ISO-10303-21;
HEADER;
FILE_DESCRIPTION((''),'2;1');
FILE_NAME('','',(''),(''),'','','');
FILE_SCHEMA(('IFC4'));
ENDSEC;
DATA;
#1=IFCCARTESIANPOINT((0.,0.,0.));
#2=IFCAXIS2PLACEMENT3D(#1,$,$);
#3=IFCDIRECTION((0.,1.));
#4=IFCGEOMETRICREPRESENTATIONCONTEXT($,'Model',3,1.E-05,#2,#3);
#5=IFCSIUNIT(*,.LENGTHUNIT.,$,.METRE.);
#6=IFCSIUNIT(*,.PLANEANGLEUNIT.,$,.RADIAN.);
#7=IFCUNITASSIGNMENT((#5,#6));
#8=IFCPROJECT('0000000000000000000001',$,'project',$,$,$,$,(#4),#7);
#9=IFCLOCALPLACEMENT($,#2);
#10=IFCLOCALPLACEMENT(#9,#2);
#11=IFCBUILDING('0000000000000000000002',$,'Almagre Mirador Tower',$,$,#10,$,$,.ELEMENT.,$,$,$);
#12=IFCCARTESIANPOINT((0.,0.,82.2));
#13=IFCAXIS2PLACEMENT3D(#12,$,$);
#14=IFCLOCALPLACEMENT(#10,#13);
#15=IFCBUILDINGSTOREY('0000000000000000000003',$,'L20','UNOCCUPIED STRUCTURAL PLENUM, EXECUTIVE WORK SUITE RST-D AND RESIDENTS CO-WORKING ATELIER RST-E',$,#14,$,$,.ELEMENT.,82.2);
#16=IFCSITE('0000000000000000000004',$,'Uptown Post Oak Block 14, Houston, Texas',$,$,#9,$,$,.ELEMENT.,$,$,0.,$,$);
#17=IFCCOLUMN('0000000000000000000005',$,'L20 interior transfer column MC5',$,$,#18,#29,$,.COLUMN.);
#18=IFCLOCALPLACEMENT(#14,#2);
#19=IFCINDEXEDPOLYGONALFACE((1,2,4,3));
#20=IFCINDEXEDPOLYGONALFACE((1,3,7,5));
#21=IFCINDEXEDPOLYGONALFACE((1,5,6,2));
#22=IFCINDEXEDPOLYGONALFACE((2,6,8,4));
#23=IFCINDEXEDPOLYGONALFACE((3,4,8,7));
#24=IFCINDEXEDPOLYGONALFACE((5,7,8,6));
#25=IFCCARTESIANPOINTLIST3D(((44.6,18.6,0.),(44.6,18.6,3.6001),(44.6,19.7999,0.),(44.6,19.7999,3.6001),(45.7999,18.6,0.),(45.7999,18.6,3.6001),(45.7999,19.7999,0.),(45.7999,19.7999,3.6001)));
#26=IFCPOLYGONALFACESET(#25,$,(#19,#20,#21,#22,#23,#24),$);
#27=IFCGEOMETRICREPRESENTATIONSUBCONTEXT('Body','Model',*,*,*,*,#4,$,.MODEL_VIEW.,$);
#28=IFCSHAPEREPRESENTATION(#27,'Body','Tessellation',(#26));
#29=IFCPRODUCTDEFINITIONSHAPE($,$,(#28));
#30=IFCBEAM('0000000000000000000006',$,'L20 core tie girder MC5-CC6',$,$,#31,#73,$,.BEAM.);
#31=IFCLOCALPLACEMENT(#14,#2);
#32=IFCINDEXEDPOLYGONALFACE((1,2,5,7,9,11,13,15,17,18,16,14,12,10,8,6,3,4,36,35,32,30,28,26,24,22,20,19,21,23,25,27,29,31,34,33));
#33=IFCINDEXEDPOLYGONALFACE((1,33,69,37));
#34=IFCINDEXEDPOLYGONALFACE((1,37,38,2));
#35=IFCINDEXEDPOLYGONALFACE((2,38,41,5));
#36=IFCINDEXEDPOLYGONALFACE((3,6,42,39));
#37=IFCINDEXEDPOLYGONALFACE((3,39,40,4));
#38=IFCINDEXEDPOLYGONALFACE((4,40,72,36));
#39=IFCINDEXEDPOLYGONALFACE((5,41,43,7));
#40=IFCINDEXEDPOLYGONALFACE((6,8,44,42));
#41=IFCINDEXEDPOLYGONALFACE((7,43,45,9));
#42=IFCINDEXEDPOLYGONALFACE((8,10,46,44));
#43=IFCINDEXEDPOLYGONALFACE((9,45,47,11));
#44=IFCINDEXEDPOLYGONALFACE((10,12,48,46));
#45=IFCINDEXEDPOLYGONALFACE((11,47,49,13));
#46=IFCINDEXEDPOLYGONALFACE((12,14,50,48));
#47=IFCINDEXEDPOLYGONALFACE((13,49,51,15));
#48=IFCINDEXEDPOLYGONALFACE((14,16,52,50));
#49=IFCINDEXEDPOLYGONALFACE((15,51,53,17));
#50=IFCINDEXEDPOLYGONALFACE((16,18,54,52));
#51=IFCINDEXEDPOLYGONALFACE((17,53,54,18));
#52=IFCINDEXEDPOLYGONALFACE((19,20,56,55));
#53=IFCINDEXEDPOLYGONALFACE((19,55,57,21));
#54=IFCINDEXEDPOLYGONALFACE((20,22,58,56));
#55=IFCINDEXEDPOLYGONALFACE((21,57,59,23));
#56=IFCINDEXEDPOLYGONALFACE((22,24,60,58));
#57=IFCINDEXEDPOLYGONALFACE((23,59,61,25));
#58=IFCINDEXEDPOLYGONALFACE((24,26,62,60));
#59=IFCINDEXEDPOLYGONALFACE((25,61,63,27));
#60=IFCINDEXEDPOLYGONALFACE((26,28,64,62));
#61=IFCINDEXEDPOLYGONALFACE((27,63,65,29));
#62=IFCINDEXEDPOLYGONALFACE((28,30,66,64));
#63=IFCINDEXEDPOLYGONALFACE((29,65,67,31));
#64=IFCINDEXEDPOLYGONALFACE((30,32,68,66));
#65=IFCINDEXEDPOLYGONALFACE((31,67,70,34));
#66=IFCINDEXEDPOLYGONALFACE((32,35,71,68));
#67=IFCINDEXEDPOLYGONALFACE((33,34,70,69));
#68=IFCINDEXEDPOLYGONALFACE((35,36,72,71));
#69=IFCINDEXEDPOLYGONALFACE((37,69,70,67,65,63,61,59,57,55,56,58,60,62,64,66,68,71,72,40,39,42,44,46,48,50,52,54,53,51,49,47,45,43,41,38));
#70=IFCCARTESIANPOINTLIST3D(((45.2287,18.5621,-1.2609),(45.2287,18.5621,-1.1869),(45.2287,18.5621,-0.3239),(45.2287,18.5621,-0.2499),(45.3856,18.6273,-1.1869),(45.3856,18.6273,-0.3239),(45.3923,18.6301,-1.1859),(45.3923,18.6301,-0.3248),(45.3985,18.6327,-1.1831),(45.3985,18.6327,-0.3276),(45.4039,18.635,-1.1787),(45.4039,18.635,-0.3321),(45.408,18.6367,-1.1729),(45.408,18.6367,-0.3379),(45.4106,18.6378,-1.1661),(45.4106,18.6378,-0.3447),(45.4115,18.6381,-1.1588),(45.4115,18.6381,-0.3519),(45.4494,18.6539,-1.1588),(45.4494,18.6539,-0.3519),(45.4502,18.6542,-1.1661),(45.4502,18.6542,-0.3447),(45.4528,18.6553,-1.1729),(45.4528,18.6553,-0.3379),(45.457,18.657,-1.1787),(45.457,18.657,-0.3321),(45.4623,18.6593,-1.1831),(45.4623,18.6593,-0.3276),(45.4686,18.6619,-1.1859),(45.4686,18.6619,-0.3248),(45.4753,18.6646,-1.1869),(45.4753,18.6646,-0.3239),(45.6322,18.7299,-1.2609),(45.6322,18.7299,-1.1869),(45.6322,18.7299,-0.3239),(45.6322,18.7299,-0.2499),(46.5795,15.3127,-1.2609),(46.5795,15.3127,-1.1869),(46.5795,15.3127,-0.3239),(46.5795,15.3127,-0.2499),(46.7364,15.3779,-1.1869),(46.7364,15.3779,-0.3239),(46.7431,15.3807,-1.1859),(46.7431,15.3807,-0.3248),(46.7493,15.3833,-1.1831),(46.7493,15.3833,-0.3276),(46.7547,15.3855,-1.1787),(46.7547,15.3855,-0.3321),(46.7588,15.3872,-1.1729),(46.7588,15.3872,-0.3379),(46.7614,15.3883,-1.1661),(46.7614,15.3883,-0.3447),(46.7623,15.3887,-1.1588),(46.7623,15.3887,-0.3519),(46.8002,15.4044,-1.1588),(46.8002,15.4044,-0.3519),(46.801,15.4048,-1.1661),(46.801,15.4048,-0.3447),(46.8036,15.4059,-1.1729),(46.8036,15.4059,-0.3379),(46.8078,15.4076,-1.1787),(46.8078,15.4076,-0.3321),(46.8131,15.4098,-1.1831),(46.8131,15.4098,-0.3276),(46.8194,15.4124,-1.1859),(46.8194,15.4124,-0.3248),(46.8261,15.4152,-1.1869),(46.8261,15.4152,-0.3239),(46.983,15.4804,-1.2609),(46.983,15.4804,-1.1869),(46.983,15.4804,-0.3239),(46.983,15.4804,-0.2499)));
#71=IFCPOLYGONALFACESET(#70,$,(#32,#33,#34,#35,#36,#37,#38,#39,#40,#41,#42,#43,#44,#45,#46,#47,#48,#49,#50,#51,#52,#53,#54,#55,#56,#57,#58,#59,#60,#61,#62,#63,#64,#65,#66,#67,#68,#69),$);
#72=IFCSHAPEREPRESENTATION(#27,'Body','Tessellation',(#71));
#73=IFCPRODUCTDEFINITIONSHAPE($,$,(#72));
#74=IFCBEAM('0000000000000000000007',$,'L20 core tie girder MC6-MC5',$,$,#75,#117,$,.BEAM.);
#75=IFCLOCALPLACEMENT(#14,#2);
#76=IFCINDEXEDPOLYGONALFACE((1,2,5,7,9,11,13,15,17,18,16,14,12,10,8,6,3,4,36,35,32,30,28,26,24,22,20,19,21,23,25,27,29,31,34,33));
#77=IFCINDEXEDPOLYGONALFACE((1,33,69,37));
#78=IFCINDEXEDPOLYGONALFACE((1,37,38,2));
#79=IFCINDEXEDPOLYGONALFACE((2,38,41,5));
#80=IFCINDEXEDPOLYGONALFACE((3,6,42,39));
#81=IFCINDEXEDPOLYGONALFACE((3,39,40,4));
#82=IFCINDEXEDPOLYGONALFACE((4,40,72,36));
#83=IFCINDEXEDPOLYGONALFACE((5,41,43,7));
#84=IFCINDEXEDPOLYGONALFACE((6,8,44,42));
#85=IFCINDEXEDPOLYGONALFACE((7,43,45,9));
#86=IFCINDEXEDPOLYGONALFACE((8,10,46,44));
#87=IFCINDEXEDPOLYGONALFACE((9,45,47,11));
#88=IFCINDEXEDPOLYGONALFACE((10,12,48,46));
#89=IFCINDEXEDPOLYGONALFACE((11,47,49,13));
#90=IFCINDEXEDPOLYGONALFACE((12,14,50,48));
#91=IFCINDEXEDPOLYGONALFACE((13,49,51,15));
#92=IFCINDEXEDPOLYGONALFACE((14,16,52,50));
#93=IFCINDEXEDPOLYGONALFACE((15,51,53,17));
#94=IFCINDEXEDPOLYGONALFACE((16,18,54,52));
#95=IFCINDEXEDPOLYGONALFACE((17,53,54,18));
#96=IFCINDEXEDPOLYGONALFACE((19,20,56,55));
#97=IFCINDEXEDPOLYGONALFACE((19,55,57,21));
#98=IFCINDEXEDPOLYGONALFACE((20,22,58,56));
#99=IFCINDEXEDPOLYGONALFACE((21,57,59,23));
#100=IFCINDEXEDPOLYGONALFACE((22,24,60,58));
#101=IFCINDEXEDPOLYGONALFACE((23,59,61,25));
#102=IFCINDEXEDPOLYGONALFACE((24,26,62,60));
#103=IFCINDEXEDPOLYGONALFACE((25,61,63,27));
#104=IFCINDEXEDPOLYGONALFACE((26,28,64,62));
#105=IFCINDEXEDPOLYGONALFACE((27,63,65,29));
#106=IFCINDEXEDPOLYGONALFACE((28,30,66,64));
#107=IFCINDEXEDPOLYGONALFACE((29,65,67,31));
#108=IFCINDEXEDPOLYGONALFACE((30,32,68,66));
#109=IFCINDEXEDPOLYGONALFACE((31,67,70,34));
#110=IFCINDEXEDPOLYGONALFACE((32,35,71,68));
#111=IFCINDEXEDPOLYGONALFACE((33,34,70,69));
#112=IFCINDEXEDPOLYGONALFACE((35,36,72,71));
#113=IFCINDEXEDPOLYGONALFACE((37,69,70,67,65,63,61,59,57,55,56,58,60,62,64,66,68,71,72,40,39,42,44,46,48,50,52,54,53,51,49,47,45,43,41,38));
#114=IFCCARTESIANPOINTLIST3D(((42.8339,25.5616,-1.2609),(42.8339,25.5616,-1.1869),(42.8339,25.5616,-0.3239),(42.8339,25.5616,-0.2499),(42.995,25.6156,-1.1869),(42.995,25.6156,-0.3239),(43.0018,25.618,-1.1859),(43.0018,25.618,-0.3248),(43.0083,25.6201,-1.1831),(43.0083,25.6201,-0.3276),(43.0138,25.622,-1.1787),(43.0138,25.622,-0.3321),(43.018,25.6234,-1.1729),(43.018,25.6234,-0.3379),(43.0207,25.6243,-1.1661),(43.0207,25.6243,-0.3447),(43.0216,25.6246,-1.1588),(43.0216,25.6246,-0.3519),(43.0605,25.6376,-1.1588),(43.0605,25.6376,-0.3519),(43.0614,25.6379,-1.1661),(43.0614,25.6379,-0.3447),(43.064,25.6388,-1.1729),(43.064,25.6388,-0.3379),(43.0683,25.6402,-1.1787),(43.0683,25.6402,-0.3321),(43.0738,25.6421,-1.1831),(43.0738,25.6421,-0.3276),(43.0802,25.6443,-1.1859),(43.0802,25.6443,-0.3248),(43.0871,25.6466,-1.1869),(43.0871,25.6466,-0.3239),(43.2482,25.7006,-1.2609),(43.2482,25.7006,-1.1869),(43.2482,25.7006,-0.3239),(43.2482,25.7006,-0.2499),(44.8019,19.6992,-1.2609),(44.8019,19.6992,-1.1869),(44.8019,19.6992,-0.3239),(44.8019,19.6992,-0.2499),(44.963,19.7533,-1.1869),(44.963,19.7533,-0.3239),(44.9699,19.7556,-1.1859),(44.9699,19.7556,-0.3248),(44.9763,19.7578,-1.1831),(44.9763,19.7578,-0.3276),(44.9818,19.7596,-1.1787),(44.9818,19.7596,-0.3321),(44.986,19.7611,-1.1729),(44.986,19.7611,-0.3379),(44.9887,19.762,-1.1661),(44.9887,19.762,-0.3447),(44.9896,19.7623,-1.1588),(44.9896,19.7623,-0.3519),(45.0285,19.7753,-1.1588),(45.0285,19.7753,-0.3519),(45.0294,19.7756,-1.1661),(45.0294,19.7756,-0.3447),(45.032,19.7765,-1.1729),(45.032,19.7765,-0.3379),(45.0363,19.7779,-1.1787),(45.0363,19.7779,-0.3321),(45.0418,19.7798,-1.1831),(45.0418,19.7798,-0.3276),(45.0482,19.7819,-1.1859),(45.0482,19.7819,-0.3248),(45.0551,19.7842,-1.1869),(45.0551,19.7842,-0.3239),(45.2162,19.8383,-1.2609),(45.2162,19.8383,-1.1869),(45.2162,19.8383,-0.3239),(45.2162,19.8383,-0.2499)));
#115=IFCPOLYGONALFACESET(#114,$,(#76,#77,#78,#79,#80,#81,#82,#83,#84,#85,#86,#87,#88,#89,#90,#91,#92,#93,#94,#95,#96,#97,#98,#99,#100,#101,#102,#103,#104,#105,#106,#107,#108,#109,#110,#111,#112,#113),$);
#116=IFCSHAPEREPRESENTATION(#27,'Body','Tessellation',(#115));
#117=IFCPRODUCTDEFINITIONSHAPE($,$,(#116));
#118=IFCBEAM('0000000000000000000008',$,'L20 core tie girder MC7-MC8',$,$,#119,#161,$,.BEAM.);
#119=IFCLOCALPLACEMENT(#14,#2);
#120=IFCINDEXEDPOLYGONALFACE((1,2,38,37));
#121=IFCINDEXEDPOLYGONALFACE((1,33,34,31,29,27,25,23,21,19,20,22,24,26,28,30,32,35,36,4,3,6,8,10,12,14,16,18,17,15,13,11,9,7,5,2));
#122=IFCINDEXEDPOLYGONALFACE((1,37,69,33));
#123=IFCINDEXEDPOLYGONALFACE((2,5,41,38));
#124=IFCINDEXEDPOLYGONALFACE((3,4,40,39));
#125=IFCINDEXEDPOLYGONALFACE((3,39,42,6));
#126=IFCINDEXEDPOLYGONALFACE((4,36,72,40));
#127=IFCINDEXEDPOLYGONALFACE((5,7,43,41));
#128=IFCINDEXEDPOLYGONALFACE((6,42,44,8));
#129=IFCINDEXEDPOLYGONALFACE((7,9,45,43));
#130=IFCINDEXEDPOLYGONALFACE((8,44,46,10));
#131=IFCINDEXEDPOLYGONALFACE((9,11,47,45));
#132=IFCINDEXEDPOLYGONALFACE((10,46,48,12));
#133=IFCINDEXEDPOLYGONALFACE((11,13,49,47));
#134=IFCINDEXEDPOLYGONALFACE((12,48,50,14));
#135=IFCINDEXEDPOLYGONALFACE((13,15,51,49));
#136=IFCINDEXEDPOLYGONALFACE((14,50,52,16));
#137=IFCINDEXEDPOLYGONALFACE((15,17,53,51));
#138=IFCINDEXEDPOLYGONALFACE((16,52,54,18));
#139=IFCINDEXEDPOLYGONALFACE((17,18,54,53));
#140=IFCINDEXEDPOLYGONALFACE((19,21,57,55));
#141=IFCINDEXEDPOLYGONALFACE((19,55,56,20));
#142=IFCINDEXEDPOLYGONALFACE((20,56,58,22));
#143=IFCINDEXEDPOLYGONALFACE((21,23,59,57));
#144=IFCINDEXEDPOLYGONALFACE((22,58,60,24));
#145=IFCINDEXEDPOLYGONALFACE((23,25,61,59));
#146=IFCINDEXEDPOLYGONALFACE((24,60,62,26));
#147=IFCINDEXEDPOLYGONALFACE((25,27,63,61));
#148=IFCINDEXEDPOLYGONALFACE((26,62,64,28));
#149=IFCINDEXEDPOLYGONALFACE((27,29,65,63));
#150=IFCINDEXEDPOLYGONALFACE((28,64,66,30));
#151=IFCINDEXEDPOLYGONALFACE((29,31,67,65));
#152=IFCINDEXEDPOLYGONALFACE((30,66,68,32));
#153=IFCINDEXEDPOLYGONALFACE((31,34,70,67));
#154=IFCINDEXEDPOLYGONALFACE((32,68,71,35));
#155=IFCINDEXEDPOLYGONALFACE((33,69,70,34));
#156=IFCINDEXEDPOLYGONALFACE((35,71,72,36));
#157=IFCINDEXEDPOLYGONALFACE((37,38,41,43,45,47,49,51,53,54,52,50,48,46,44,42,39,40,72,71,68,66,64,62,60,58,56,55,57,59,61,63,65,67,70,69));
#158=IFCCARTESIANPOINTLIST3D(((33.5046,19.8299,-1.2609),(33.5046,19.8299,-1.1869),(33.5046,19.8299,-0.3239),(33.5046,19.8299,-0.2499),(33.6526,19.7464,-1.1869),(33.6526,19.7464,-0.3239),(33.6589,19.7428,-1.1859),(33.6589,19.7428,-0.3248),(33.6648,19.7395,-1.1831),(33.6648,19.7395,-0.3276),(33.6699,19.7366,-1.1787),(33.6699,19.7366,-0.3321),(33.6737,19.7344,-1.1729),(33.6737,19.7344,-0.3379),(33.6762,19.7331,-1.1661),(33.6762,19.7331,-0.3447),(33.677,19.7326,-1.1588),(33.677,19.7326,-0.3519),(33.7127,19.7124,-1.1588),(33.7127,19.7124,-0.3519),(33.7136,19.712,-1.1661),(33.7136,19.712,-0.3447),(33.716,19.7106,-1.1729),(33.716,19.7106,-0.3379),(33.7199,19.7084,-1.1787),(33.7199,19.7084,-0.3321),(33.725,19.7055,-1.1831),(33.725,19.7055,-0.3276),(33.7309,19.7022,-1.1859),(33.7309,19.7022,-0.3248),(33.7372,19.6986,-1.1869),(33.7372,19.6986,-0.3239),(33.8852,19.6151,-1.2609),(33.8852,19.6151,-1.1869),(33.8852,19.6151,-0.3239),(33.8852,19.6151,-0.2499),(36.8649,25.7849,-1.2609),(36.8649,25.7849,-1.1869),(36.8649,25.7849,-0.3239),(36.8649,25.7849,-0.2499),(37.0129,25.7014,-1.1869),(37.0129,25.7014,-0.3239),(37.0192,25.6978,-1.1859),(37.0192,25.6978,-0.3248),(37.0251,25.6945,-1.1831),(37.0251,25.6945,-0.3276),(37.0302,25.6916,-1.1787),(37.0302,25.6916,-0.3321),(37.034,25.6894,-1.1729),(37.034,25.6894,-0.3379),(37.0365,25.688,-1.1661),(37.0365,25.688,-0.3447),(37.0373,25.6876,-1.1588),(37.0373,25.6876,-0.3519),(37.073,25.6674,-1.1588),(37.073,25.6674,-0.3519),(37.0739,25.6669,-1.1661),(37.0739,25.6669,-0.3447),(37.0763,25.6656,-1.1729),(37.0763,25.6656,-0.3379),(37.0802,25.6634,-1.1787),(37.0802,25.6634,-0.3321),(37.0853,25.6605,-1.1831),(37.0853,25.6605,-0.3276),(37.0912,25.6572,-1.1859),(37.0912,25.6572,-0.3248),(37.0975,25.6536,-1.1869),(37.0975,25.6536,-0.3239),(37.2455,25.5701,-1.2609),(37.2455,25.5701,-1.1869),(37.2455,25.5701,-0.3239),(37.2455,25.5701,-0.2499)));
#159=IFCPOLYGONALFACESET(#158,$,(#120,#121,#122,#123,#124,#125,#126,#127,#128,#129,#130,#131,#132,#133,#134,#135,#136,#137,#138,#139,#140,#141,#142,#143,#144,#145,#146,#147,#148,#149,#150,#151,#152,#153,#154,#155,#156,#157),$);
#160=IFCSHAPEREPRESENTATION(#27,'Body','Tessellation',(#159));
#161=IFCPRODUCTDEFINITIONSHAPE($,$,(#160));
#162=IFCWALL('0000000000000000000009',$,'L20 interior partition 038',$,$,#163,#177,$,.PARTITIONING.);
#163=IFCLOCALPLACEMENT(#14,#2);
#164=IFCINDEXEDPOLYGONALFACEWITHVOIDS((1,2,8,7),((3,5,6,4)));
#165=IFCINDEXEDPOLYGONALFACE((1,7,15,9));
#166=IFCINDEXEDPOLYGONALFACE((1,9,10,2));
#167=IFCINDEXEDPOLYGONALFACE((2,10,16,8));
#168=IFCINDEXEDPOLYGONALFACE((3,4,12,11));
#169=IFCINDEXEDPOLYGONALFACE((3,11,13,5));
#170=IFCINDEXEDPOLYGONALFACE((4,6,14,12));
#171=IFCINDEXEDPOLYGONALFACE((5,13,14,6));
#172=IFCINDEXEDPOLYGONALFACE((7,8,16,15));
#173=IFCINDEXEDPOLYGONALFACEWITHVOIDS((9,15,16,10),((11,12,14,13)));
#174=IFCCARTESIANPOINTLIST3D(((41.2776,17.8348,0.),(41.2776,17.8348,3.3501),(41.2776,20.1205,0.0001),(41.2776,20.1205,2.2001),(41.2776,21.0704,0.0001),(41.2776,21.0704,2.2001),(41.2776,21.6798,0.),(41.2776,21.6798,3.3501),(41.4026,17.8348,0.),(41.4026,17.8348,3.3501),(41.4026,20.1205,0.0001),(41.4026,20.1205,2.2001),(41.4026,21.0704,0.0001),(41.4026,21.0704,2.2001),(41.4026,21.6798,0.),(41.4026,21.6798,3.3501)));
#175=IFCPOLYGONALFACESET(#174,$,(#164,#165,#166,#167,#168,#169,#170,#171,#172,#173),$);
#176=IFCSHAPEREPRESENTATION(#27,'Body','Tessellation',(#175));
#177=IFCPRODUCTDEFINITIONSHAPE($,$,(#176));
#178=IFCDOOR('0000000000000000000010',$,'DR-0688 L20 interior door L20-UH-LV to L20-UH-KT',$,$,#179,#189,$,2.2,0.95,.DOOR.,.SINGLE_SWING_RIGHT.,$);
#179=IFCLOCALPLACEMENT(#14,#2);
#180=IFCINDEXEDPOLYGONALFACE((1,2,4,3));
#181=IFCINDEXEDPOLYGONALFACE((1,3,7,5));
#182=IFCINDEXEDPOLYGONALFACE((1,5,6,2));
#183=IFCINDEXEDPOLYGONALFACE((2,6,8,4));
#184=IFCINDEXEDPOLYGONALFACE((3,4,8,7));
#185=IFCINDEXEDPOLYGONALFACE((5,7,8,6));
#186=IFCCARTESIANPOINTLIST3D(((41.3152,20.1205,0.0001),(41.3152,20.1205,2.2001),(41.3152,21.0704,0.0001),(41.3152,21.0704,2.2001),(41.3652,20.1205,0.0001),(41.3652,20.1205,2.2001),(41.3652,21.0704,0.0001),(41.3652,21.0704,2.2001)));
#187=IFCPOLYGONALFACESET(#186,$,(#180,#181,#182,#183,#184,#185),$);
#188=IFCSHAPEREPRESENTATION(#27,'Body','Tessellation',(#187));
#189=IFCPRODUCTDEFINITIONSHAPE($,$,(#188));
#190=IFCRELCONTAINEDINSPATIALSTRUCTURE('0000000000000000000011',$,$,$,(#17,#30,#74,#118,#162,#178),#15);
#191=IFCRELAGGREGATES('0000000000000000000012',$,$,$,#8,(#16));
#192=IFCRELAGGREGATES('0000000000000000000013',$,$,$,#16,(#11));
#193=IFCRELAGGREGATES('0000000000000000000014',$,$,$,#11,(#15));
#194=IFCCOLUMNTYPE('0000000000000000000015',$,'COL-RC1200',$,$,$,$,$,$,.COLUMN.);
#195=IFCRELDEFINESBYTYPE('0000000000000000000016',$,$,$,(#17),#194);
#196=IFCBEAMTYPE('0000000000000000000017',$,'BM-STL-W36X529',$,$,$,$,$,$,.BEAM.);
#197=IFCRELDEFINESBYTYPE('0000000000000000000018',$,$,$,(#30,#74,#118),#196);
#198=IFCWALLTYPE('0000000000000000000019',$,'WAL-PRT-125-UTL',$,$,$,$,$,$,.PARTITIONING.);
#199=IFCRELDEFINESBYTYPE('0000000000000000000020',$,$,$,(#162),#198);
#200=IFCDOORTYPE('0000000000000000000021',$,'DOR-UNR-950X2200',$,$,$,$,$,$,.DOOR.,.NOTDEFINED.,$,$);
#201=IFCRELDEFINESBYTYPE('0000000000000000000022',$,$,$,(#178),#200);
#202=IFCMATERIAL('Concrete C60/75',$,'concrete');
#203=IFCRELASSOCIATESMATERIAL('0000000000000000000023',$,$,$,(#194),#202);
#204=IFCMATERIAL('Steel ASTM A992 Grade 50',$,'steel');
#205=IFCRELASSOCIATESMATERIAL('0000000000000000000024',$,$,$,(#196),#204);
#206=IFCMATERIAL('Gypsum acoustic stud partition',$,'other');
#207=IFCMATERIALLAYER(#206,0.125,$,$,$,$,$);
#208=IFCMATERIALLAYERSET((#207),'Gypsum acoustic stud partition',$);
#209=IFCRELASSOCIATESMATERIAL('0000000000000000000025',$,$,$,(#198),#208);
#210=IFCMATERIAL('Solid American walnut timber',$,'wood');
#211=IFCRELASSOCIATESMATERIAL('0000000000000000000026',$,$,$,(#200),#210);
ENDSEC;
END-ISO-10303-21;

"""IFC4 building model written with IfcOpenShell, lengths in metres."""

from ifc_helpers import new_model, si_unit, direction, frame, frame_2d, origin, origin_2d, place, context, subcontext, project, spatial, rectangle, i_section, extrude, material, layer, layer_set, material_profile, profile_set, type_object, element, fill, save


model = new_model("IFC4")

# Units and contexts
model_context = context("Model", 3, precision=1e-05, world=origin(), true_north=direction((0.0, 1.0)))
body_context = subcontext(model_context, "Body", "Model", "MODEL_VIEW")
ifc_project = project(units=[si_unit("LENGTHUNIT", "METRE"), si_unit("PLANEANGLEUNIT", "RADIAN")], contexts=[model_context])

# Site, building, storey
site_placement = place(None, origin())
site = spatial("IfcSite", under=ifc_project, at=site_placement, Name="Uptown Post Oak Block 14, Houston, Texas", CompositionType="ELEMENT", RefElevation=0.0)
building_placement = place(site_placement, origin())
building = spatial("IfcBuilding", under=site, at=building_placement, Name="Almagre Mirador Tower", CompositionType="ELEMENT")
storey_placement = place(building_placement, frame((0.0, 0.0, 82.2)))
storey = spatial("IfcBuildingStorey", under=building, at=storey_placement, Name="L20", Description="UNOCCUPIED STRUCTURAL PLENUM, EXECUTIVE WORK SUITE RST-D AND RESIDENTS CO-WORKING ATELIER RST-E", CompositionType="ELEMENT", Elevation=82.2)

# Column
ifc_material_1 = material(Name="Concrete C60/75", Category="concrete")
ifc_material_profile_1 = material_profile(ifc_material_1, rectangle(XDim=1.2, YDim=1.2, at=origin_2d()), Name="RC1200X1200")
ifc_profile_set_1 = profile_set([ifc_material_profile_1], Name="Concrete C60/75")
column_type = type_object("IfcColumnType", Name="COL-RC1200", PredefinedType="COLUMN", material=ifc_profile_set_1)
column_placement = place(storey_placement, frame((45.2, 19.2, 0.0), z_axis=(0.0, 0.0, 1.0), x_axis=(1.0, 0.0, 0.0)))
element("IfcColumn", 1, at=column_placement, inside=storey, type_object=column_type, Name="L20 interior transfer column MC5", PredefinedType="COLUMN", context=body_context, shape_type="SweptSolid", body=[
    extrude(rectangle(XDim=1.2, YDim=1.2, at=origin_2d()), origin(), (0.0, 0.0, 1.0), 3.6001),
])

# Beams
ifc_material_2 = material(Name="Steel ASTM A992 Grade 50", Category="steel")
ifc_material_profile_2 = material_profile(ifc_material_2, i_section(OverallWidth=0.437, OverallDepth=1.011, WebThickness=0.041, FlangeThickness=0.074, FilletRadius=0.0281, at=origin_2d()), Name="W36X529")
ifc_profile_set_2 = profile_set([ifc_material_profile_2], Name="Steel ASTM A992 Grade 50")
beam_type = type_object("IfcBeamType", Name="BM-STL-W36X529", PredefinedType="BEAM", material=ifc_profile_set_2)
beam_1_placement = place(storey_placement, frame((45.4304, 18.646, -0.7554), z_axis=(0.383857, -0.923393, 0.0), x_axis=(0.923393, 0.383857, 0.0)))
element("IfcBeam", 2, at=beam_1_placement, inside=storey, type_object=beam_type, Name="L20 core tie girder MC5-CC6", PredefinedType="BEAM", context=body_context, shape_type="SweptSolid", body=[
    extrude(i_section(OverallWidth=0.437, OverallDepth=1.011, WebThickness=0.041, FlangeThickness=0.074, FilletRadius=0.0281, at=origin_2d()), origin(), (0.0, 0.0, 1.0), 3.519),
])
beam_2_placement = place(storey_placement, frame((43.041, 25.6311, -0.7554), z_axis=(0.318252, -0.948006, 0.0), x_axis=(0.948006, 0.318252, 0.0)))
element("IfcBeam", 3, at=beam_2_placement, inside=storey, type_object=beam_type, Name="L20 core tie girder MC6-MC5", PredefinedType="BEAM", context=body_context, shape_type="SweptSolid", body=[
    extrude(i_section(OverallWidth=0.437, OverallDepth=1.011, WebThickness=0.041, FlangeThickness=0.074, FilletRadius=0.0281, at=origin_2d()), origin(), (0.0, 0.0, 1.0), 6.1838),
])
beam_3_placement = place(storey_placement, frame((37.0552, 25.6775, -0.7554), z_axis=(-0.491441, -0.870911, 0.0), x_axis=(0.870911, -0.491441, 0.0)))
element("IfcBeam", 4, at=beam_3_placement, inside=storey, type_object=beam_type, Name="L20 core tie girder MC7-MC8", PredefinedType="BEAM", context=body_context, shape_type="SweptSolid", body=[
    extrude(i_section(OverallWidth=0.437, OverallDepth=1.011, WebThickness=0.041, FlangeThickness=0.074, FilletRadius=0.0281, at=origin_2d()), origin(), (0.0, 0.0, 1.0), 6.8376),
])

# Wall, opening, door
ifc_material_3 = material(Name="Gypsum acoustic stud partition", Category="other")
ifc_layer_1 = layer(ifc_material_3, 0.125)
ifc_layer_set_1 = layer_set([ifc_layer_1], Name="Gypsum acoustic stud partition")
wall_type_1 = type_object("IfcWallType", Name="WAL-PRT-125-UTL", PredefinedType="PARTITIONING", material=ifc_layer_set_1)
wall_1_placement = place(storey_placement, frame((41.3401, 17.835, 0.0), z_axis=(0.0, 0.0, 1.0), x_axis=(0.0, 1.0, 0.0)))
wall_1 = element("IfcWall", 5, at=wall_1_placement, inside=storey, type_object=wall_type_1, Name="L20 interior partition 038", PredefinedType="PARTITIONING", context=body_context, shape_type="SweptSolid", body=[
    extrude(rectangle(XDim=3.845, YDim=0.125, at=frame_2d((1.9224, 0.0))), origin(), (0.0, 0.0, 1.0), 3.3501),
])
opening_1_placement = place(wall_1_placement, frame((2.2854, 0.0, 0.0)))
opening_1 = element("IfcOpeningElement", 6, at=opening_1_placement, cuts=wall_1, PredefinedType="OPENING", context=body_context, shape_type="SweptSolid", body=[
    extrude(rectangle(XDim=0.95, YDim=2.2, at=frame_2d((0.4751, 1.1001))), frame((0.0, 0.0725, 0.0), z_axis=(0.0, -1.0, 0.0), x_axis=(1.0, 0.0, 0.0)), (0.0, 0.0, 1.0), 0.145),
])
ifc_material_4 = material(Name="Solid American walnut timber", Category="wood")
door_type_1 = type_object("IfcDoorType", Name="DOR-UNR-950X2200", OperationType="NOTDEFINED", PredefinedType="DOOR", material=ifc_material_4)
door_1_placement = place(opening_1_placement, origin())
door_1 = element("IfcDoor", 7, at=door_1_placement, inside=storey, type_object=door_type_1, Name="DR-0688 L20 interior door L20-UH-LV to L20-UH-KT", OperationType="SINGLE_SWING_RIGHT", OverallHeight=2.2, OverallWidth=0.95, PredefinedType="DOOR", context=body_context, shape_type="SweptSolid", body=[
    extrude(rectangle(XDim=0.95, YDim=2.2, at=frame_2d((0.4751, 1.1001))), frame((0.0, 0.0249, 0.0), z_axis=(0.0, -1.0, 0.0), x_axis=(1.0, 0.0, 0.0)), (0.0, 0.0, 1.0), 0.05),
])
fill(opening_1, door_1)

save(model, "model.ifc")
